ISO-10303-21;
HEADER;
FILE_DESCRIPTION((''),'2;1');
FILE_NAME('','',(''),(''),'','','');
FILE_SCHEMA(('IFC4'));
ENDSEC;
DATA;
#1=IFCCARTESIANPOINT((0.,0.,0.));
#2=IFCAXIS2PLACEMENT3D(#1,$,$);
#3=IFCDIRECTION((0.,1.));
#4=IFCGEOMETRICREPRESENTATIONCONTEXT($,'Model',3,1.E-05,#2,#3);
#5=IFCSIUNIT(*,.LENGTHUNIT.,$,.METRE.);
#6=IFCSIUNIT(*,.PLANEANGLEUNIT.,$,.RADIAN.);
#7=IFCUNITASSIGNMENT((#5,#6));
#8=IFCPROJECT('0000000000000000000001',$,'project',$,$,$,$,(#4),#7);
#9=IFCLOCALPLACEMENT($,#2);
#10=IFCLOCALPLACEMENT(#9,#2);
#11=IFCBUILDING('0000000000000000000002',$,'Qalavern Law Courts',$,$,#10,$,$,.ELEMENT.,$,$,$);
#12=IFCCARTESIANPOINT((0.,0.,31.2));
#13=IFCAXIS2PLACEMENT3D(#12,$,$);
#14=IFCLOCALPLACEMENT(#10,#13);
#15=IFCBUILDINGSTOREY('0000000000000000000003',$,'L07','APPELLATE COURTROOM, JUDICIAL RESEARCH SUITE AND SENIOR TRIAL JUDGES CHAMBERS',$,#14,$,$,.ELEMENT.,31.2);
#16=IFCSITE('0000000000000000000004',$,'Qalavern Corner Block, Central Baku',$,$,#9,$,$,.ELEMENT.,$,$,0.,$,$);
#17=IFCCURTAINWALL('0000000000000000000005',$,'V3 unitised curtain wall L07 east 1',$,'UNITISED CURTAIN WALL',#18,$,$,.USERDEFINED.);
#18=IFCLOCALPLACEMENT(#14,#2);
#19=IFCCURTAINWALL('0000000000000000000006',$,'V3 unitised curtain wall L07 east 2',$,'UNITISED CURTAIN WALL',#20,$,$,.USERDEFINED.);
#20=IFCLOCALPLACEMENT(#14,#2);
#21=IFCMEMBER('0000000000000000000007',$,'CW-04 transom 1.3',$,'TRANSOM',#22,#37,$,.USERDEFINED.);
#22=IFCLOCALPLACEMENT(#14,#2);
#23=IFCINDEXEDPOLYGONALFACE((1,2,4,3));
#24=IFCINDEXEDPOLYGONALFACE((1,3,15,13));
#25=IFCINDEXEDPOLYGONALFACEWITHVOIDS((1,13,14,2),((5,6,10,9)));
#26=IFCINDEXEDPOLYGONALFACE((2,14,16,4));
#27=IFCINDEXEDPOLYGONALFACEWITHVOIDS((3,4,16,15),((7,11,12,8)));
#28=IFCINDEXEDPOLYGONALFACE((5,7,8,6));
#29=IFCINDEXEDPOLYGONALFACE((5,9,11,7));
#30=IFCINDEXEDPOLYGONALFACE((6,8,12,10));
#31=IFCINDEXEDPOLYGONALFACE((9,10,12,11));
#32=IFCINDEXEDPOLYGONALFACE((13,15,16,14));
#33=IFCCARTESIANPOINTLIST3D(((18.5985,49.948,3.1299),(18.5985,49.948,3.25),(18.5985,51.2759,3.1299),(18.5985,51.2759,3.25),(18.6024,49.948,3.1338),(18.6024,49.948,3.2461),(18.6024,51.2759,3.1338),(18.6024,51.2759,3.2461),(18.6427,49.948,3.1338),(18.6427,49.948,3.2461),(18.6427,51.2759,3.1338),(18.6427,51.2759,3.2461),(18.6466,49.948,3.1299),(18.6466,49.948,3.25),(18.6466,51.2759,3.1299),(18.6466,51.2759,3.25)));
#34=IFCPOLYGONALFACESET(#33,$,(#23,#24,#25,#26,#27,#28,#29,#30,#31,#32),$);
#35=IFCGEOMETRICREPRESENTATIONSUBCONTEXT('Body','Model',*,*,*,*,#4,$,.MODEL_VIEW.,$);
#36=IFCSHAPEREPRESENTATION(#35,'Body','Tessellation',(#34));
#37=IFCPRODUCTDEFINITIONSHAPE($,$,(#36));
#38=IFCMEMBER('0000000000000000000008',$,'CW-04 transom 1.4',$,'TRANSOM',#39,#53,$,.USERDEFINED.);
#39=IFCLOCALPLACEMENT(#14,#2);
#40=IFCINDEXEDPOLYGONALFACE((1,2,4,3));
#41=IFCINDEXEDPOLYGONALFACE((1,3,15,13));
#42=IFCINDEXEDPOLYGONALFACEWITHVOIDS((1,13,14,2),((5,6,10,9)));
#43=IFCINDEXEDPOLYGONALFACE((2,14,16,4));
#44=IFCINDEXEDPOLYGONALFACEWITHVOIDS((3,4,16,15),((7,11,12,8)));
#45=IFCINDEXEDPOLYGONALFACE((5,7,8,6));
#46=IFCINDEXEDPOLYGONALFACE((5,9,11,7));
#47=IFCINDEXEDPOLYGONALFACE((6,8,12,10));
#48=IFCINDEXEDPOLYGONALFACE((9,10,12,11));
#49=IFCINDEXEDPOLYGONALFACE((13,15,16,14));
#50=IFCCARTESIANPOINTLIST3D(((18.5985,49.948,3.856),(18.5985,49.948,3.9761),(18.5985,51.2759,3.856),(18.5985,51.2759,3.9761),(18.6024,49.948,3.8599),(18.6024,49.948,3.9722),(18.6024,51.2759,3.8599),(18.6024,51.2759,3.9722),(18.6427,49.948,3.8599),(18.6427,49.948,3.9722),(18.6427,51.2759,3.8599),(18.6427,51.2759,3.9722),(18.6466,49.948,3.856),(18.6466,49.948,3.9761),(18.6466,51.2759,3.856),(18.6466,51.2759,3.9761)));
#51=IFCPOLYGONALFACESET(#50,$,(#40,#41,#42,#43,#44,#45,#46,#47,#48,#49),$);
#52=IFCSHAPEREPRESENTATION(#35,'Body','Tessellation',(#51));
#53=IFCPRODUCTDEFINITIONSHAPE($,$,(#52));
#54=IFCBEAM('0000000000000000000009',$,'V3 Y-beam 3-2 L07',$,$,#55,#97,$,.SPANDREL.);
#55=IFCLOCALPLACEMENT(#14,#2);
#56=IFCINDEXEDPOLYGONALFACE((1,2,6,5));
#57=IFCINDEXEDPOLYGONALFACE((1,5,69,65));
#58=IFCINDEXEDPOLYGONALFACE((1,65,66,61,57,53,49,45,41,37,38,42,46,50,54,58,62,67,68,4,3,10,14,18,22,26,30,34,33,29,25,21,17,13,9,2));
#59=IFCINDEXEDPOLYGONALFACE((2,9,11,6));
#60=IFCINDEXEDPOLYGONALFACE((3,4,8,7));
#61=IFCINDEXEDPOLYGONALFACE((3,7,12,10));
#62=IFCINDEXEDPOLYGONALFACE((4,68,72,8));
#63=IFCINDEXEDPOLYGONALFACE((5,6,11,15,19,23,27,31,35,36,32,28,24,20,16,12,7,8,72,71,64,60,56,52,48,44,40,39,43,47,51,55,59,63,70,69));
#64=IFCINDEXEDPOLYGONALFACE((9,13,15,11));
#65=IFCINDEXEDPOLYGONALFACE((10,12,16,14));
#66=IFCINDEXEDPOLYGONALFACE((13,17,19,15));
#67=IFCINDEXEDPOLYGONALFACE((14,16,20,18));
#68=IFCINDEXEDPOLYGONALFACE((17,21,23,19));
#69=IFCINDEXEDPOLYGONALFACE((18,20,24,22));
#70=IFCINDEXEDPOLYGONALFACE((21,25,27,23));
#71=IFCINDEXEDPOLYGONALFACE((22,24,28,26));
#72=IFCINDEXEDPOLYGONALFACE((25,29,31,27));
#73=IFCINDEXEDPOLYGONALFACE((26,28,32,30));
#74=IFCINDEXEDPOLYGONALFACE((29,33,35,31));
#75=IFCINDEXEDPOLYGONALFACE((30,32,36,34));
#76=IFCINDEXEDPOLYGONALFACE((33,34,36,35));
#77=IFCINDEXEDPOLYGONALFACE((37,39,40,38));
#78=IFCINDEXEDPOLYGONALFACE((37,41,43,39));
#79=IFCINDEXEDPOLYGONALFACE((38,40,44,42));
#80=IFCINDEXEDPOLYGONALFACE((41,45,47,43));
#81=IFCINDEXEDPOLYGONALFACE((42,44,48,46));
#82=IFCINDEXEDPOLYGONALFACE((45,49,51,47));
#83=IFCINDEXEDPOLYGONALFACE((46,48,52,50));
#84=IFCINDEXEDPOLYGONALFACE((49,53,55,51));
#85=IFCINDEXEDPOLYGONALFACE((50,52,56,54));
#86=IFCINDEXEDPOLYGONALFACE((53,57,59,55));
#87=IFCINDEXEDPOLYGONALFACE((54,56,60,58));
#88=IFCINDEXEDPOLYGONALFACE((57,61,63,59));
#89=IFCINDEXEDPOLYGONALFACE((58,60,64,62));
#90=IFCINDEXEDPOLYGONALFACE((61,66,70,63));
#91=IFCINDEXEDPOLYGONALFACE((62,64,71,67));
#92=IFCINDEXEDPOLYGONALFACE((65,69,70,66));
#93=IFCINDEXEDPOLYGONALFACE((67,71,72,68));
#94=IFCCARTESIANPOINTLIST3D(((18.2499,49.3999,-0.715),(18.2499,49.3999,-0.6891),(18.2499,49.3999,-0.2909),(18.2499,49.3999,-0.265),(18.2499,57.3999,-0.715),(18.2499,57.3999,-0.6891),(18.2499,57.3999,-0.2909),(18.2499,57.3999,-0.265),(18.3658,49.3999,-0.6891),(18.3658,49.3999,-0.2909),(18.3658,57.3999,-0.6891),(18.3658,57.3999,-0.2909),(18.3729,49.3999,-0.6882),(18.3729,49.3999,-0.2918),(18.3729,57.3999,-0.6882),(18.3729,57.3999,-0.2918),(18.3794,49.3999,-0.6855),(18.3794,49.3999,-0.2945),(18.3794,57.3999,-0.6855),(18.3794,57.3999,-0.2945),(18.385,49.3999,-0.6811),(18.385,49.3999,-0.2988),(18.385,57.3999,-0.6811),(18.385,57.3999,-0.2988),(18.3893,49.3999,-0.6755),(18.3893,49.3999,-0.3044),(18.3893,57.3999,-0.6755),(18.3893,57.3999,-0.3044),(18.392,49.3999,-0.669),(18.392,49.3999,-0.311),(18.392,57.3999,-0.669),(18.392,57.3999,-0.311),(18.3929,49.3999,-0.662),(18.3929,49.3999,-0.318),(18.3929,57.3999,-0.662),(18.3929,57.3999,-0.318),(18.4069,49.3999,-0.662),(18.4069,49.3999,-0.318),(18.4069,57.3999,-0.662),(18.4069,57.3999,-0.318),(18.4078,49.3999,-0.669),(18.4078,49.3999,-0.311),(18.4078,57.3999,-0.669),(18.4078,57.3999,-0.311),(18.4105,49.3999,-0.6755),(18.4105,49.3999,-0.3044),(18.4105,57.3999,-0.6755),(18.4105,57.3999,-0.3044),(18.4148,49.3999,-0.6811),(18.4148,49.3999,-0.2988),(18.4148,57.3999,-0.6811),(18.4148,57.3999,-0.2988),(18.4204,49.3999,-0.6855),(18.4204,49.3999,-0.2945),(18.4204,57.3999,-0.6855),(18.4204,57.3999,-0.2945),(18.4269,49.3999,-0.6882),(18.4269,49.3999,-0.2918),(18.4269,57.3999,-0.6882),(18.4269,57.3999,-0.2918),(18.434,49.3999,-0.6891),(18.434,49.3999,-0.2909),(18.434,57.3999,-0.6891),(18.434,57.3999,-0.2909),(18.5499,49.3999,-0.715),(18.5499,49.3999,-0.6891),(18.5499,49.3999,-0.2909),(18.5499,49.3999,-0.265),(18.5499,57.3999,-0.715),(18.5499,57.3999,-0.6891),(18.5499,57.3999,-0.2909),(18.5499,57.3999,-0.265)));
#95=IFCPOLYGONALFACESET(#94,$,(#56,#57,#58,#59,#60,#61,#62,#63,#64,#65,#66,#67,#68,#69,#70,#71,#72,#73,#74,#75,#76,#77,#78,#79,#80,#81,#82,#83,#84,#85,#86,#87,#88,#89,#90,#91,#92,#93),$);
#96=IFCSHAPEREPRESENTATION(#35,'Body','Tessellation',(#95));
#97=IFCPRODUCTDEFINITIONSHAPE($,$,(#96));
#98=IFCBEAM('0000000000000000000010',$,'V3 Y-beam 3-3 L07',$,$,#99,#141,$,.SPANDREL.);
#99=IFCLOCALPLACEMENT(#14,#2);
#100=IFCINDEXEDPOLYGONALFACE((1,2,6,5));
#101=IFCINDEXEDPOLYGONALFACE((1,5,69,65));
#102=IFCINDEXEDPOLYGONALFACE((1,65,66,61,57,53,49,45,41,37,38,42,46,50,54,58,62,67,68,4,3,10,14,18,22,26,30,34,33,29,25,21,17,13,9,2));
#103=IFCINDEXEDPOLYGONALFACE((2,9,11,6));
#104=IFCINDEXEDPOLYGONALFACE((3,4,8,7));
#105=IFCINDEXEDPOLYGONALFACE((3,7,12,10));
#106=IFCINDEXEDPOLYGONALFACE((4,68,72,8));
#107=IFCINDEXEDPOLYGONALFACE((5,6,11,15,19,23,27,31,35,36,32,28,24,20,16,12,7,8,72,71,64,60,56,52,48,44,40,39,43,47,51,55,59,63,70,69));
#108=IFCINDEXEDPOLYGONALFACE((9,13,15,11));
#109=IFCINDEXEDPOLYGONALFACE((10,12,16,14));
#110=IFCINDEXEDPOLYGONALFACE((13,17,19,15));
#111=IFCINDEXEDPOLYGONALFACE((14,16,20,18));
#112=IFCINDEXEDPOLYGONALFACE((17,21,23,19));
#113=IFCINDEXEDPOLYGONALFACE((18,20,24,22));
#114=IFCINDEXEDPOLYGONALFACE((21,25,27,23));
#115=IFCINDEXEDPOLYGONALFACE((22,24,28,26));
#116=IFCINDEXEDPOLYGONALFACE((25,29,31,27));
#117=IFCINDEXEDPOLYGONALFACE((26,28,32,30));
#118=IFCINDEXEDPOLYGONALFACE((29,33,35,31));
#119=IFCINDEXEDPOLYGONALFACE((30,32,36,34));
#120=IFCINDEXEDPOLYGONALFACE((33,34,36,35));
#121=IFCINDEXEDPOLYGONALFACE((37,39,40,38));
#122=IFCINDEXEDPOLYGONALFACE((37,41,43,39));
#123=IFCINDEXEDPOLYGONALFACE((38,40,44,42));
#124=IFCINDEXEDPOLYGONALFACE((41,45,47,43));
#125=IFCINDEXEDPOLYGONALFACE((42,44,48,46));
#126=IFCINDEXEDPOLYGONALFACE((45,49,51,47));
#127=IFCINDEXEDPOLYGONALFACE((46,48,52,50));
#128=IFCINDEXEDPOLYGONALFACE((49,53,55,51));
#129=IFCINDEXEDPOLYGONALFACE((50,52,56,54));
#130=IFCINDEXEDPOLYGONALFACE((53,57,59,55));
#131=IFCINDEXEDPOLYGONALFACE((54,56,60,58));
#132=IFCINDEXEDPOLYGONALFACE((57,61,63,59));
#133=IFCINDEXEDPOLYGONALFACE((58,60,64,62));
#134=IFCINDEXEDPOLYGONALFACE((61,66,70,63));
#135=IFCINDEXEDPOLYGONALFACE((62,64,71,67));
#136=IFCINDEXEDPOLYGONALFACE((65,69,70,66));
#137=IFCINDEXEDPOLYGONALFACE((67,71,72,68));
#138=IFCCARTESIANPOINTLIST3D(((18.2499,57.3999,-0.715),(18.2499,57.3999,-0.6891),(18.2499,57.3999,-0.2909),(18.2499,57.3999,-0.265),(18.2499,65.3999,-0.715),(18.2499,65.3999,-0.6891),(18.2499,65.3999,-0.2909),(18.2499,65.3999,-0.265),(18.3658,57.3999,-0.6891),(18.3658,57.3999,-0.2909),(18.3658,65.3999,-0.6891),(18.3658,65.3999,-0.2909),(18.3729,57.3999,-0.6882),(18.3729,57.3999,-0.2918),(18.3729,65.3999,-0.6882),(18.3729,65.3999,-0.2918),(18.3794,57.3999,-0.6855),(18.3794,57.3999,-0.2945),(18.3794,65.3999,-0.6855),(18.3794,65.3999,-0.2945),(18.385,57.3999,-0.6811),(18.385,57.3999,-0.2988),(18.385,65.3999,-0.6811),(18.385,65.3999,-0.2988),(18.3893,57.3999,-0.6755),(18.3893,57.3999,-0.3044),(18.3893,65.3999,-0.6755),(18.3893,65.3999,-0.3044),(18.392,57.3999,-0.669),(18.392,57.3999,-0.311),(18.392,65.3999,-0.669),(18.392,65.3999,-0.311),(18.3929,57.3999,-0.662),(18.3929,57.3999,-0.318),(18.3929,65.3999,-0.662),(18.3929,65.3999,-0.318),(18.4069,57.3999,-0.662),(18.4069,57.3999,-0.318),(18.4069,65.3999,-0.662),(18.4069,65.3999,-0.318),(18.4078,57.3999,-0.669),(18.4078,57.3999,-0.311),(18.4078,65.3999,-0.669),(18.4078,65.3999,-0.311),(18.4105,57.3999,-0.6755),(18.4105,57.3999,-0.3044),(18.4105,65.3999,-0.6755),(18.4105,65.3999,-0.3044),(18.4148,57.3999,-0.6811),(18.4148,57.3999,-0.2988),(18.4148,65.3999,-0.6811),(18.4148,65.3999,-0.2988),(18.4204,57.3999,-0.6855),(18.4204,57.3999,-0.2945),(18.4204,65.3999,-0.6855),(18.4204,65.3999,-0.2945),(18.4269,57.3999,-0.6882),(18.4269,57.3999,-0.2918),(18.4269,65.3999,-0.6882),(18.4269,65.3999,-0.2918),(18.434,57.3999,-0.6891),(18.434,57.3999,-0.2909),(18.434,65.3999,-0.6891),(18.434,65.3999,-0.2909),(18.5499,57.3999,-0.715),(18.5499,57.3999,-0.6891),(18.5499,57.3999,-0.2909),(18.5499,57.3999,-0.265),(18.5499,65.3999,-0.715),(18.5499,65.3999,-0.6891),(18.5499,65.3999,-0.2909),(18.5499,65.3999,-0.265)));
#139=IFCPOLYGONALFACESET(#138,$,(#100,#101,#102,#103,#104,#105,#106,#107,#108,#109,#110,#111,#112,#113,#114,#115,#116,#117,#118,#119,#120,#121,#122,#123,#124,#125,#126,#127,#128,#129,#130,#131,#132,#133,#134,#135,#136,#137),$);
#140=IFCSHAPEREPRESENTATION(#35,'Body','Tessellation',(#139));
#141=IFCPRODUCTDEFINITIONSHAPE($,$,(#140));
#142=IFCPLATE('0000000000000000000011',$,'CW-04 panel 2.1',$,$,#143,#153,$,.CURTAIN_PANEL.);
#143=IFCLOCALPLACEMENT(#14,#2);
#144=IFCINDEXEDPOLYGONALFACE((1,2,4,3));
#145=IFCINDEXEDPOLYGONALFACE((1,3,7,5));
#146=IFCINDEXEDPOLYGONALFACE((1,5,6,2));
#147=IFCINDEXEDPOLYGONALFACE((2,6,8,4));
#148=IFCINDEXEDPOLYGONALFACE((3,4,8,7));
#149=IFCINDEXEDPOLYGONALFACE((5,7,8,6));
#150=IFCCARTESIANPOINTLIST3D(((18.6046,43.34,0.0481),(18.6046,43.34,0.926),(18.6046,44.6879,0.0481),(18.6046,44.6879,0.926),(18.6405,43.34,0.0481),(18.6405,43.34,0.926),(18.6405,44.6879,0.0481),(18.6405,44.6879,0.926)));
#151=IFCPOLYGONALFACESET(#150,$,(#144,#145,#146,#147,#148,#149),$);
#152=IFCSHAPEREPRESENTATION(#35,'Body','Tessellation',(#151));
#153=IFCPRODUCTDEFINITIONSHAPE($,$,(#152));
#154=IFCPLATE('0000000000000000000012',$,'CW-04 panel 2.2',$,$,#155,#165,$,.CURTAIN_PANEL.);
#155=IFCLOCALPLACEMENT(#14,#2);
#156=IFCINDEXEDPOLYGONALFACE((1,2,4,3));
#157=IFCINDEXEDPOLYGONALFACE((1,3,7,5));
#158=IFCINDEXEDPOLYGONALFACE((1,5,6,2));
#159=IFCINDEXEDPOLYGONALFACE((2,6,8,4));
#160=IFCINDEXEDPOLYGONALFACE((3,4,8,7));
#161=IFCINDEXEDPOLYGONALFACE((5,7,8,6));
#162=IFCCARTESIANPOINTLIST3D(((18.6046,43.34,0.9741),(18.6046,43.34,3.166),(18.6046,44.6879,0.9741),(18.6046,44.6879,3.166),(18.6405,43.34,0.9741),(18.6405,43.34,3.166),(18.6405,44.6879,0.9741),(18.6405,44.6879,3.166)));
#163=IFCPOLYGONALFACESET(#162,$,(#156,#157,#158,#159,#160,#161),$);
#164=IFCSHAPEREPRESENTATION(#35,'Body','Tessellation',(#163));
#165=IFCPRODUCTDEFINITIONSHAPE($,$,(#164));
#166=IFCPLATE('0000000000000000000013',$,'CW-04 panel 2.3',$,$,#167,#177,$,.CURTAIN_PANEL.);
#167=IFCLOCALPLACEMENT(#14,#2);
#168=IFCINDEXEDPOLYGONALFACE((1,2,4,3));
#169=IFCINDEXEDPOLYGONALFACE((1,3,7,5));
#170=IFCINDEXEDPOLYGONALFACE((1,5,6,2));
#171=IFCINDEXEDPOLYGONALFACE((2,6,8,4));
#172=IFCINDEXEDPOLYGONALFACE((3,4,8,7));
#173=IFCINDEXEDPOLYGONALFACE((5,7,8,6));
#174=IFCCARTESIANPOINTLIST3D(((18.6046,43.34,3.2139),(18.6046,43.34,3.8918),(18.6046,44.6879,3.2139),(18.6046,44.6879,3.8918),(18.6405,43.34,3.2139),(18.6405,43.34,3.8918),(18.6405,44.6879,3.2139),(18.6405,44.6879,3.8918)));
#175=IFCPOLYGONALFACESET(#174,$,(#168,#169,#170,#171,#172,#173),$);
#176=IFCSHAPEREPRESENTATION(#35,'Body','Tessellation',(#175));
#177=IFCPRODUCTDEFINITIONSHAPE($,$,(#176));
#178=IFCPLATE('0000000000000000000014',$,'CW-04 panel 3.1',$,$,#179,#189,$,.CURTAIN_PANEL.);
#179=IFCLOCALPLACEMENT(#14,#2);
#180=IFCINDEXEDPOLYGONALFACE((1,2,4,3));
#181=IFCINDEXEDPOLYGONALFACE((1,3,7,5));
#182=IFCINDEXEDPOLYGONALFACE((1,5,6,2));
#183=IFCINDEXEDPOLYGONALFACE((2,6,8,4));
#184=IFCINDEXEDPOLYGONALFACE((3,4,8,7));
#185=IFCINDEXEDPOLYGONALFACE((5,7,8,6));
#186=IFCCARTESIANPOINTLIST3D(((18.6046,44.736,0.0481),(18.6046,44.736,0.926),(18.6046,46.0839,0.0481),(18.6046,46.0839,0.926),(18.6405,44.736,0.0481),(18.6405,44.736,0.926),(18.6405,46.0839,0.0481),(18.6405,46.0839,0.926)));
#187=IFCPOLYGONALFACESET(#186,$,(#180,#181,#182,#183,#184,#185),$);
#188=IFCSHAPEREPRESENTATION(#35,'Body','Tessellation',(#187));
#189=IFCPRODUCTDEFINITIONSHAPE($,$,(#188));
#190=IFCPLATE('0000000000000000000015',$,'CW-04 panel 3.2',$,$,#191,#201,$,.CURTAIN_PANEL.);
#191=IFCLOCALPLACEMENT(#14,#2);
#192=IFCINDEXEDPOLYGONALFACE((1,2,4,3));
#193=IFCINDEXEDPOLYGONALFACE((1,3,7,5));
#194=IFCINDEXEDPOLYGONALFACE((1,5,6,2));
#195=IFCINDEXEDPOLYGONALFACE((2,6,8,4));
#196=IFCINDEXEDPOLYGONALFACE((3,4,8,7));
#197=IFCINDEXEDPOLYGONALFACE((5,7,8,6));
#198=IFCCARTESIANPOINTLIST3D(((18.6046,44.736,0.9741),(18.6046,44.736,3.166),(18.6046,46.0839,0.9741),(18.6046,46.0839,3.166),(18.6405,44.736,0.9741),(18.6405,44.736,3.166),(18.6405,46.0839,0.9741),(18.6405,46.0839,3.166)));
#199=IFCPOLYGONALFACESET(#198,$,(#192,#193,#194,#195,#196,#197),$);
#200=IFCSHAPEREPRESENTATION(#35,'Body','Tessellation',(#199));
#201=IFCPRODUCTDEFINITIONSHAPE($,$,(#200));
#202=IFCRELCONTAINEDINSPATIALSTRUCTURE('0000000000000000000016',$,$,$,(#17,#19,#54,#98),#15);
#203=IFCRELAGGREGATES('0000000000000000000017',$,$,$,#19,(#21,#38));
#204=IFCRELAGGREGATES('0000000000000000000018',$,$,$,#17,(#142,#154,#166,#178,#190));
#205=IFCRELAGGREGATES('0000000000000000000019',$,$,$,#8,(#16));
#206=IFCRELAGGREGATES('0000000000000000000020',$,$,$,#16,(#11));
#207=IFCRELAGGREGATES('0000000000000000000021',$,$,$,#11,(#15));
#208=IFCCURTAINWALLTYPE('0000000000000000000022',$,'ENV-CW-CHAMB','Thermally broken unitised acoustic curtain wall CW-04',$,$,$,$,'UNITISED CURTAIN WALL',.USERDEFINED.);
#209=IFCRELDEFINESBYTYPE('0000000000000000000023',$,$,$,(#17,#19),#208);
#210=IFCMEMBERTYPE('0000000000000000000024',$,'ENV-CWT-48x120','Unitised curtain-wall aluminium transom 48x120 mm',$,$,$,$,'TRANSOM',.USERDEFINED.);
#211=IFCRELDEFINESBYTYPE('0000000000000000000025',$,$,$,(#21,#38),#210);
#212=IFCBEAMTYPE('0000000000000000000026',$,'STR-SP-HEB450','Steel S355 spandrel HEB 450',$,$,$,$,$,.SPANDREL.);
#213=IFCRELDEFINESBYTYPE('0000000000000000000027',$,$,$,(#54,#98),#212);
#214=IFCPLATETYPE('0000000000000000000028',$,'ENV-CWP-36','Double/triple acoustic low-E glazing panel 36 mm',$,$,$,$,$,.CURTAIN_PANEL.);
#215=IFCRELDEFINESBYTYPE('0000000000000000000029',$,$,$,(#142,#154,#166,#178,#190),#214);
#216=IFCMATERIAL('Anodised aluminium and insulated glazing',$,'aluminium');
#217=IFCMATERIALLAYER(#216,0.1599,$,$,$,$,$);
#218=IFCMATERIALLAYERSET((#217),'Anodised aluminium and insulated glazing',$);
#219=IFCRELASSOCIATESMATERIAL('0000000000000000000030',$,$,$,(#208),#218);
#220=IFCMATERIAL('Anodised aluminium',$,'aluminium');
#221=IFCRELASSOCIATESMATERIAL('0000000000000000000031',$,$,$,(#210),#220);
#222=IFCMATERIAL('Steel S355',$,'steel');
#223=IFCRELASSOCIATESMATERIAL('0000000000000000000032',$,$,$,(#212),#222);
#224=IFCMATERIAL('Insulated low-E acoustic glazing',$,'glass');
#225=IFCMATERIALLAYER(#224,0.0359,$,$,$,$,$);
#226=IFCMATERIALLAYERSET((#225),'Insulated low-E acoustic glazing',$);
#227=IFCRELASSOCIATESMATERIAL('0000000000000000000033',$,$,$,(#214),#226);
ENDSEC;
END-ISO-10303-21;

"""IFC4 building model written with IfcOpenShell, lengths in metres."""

from ifc_helpers import new_model, si_unit, direction, frame, origin, origin_2d, place, context, subcontext, project, spatial, rectangle, hollow_rectangle, i_section, extrude, material, layer, layer_set, material_profile, profile_set, type_object, element, aggregate, save


model = new_model("IFC4")

# Units and contexts
model_context = context("Model", 3, precision=1e-05, world=origin(), true_north=direction((0.0, 1.0)))
body_context = subcontext(model_context, "Body", "Model", "MODEL_VIEW")
ifc_project = project(units=[si_unit("LENGTHUNIT", "METRE"), si_unit("PLANEANGLEUNIT", "RADIAN")], contexts=[model_context])

# Site, building, storey
site_placement = place(None, origin())
site = spatial("IfcSite", under=ifc_project, at=site_placement, Name="Qalavern Corner Block, Central Baku", CompositionType="ELEMENT", RefElevation=0.0)
building_placement = place(site_placement, origin())
building = spatial("IfcBuilding", under=site, at=building_placement, Name="Qalavern Law Courts", CompositionType="ELEMENT")
storey_placement = place(building_placement, frame((0.0, 0.0, 31.2)))
storey = spatial("IfcBuildingStorey", under=building, at=storey_placement, Name="L07", Description="APPELLATE COURTROOM, JUDICIAL RESEARCH SUITE AND SENIOR TRIAL JUDGES CHAMBERS", CompositionType="ELEMENT", Elevation=31.2)

# Curtain wall
ifc_material_1 = material(Name="Anodised aluminium and insulated glazing", Category="aluminium")
ifc_layer_1 = layer(ifc_material_1, 0.1599)
ifc_layer_set_1 = layer_set([ifc_layer_1], Name="Anodised aluminium and insulated glazing")
curtain_wall_type = type_object("IfcCurtainWallType", Name="ENV-CW-CHAMB", Description="Thermally broken unitised acoustic curtain wall CW-04", ElementType="UNITISED CURTAIN WALL", PredefinedType="USERDEFINED", material=ifc_layer_set_1)
curtain_wall_1_placement = place(storey_placement, origin())
curtain_wall_1 = element("IfcCurtainWall", 1, at=curtain_wall_1_placement, inside=storey, type_object=curtain_wall_type, Name="V3 unitised curtain wall L07 east 1", ObjectType="UNITISED CURTAIN WALL", PredefinedType="USERDEFINED")
ifc_material_2 = material(Name="Anodised aluminium", Category="aluminium")

# Curtain wall
curtain_wall_2_placement = place(storey_placement, origin())
curtain_wall_2 = element("IfcCurtainWall", 2, at=curtain_wall_2_placement, inside=storey, type_object=curtain_wall_type, Name="V3 unitised curtain wall L07 east 2", ObjectType="UNITISED CURTAIN WALL", PredefinedType="USERDEFINED")

# Members
ifc_material_profile_1 = material_profile(ifc_material_2, hollow_rectangle(XDim=0.0481, YDim=0.1201, WallThickness=0.0039, at=origin_2d()), Name="ALU TRANSOM 48x120")
ifc_profile_set_1 = profile_set([ifc_material_profile_1], Name="Anodised aluminium")
member_type_1 = type_object("IfcMemberType", Name="ENV-CWT-48x120", Description="Unitised curtain-wall aluminium transom 48x120 mm", ElementType="TRANSOM", PredefinedType="USERDEFINED", material=ifc_profile_set_1)
member_1_placement = place(storey_placement, frame((18.6226, 49.948, 3.1899), z_axis=(0.0, 1.0, 0.0), x_axis=(-1.0, 0.0, 0.0)))
member_1 = element("IfcMember", 3, at=member_1_placement, type_object=member_type_1, Name="CW-04 transom 1.3", ObjectType="TRANSOM", PredefinedType="USERDEFINED", context=body_context, shape_type="SweptSolid", body=[
    extrude(hollow_rectangle(XDim=0.0481, YDim=0.1201, WallThickness=0.0039, at=origin_2d()), origin(), (0.0, 0.0, 1.0), 1.3279),
])
member_2_placement = place(storey_placement, frame((18.6226, 49.948, 3.916), z_axis=(0.0, 1.0, 0.0), x_axis=(-1.0, 0.0, 0.0)))
member_2 = element("IfcMember", 4, at=member_2_placement, type_object=member_type_1, Name="CW-04 transom 1.4", ObjectType="TRANSOM", PredefinedType="USERDEFINED", context=body_context, shape_type="SweptSolid", body=[
    extrude(hollow_rectangle(XDim=0.0481, YDim=0.1201, WallThickness=0.0039, at=origin_2d()), origin(), (0.0, 0.0, 1.0), 1.3279),
])
aggregate(curtain_wall_2, [member_1, member_2])

# Beams
ifc_material_3 = material(Name="Steel S355", Category="steel")
ifc_material_profile_2 = material_profile(ifc_material_3, i_section(OverallWidth=0.3, OverallDepth=0.45, WebThickness=0.0139, FlangeThickness=0.0259, FilletRadius=0.0271, at=origin_2d()), Name="HEB 450")
ifc_profile_set_2 = profile_set([ifc_material_profile_2], Name="Steel S355")
beam_type = type_object("IfcBeamType", Name="STR-SP-HEB450", Description="Steel S355 spandrel HEB 450", PredefinedType="SPANDREL", material=ifc_profile_set_2)
for number, where, z_axis, x_axis, name in (
    (5, (18.3999, 49.3999, -0.49), (0.0, 1.0, 0.0), (-1.0, 0.0, 0.0), "V3 Y-beam 3-2 L07"),
    (6, (18.3999, 57.3999, -0.49), (0.0, 1.0, 0.0), (-1.0, 0.0, 0.0), "V3 Y-beam 3-3 L07"),
):
    element("IfcBeam", number, at=place(storey_placement, frame(where, z_axis=z_axis, x_axis=x_axis)), inside=storey, type_object=beam_type, Name=name, PredefinedType="SPANDREL", context=body_context, shape_type="SweptSolid", body=[
        extrude(i_section(OverallWidth=0.3, OverallDepth=0.45, WebThickness=0.0139, FlangeThickness=0.0259, FilletRadius=0.0271, at=origin_2d()), origin(), (0.0, 0.0, 1.0), 8.0),
    ])

# Plates
ifc_material_4 = material(Name="Insulated low-E acoustic glazing", Category="glass")
ifc_layer_2 = layer(ifc_material_4, 0.0359)
ifc_layer_set_2 = layer_set([ifc_layer_2], Name="Insulated low-E acoustic glazing")
plate_type = type_object("IfcPlateType", Name="ENV-CWP-36", Description="Double/triple acoustic low-E glazing panel 36 mm", PredefinedType="CURTAIN_PANEL", material=ifc_layer_set_2)
plate_1_placement = place(storey_placement, frame((18.6226, 44.0139, 0.0481), z_axis=(0.0, 0.0, 1.0), x_axis=(0.0, 1.0, 0.0)))
plate_1 = element("IfcPlate", 7, at=plate_1_placement, type_object=plate_type, Name="CW-04 panel 2.1", PredefinedType="CURTAIN_PANEL", context=body_context, shape_type="SweptSolid", body=[
    extrude(rectangle(XDim=1.3479, YDim=0.0359, at=origin_2d()), origin(), (0.0, 0.0, 1.0), 0.8779),
])
plate_2_placement = place(storey_placement, frame((18.6226, 44.0139, 0.9741), z_axis=(0.0, 0.0, 1.0), x_axis=(0.0, 1.0, 0.0)))
plate_2 = element("IfcPlate", 8, at=plate_2_placement, type_object=plate_type, Name="CW-04 panel 2.2", PredefinedType="CURTAIN_PANEL", context=body_context, shape_type="SweptSolid", body=[
    extrude(rectangle(XDim=1.3479, YDim=0.0359, at=origin_2d()), origin(), (0.0, 0.0, 1.0), 2.1919),
])
plate_3_placement = place(storey_placement, frame((18.6226, 44.0139, 3.2139), z_axis=(0.0, 0.0, 1.0), x_axis=(0.0, 1.0, 0.0)))
plate_3 = element("IfcPlate", 9, at=plate_3_placement, type_object=plate_type, Name="CW-04 panel 2.3", PredefinedType="CURTAIN_PANEL", context=body_context, shape_type="SweptSolid", body=[
    extrude(rectangle(XDim=1.3479, YDim=0.0359, at=origin_2d()), origin(), (0.0, 0.0, 1.0), 0.678),
])
plate_4_placement = place(storey_placement, frame((18.6226, 45.4099, 0.0481), z_axis=(0.0, 0.0, 1.0), x_axis=(0.0, 1.0, 0.0)))
plate_4 = element("IfcPlate", 10, at=plate_4_placement, type_object=plate_type, Name="CW-04 panel 3.1", PredefinedType="CURTAIN_PANEL", context=body_context, shape_type="SweptSolid", body=[
    extrude(rectangle(XDim=1.3479, YDim=0.0359, at=origin_2d()), origin(), (0.0, 0.0, 1.0), 0.8779),
])
plate_5_placement = place(storey_placement, frame((18.6226, 45.4099, 0.9741), z_axis=(0.0, 0.0, 1.0), x_axis=(0.0, 1.0, 0.0)))
plate_5 = element("IfcPlate", 11, at=plate_5_placement, type_object=plate_type, Name="CW-04 panel 3.2", PredefinedType="CURTAIN_PANEL", context=body_context, shape_type="SweptSolid", body=[
    extrude(rectangle(XDim=1.3479, YDim=0.0359, at=origin_2d()), origin(), (0.0, 0.0, 1.0), 2.1919),
])
aggregate(curtain_wall_1, [plate_1, plate_2, plate_3, plate_4, plate_5])

save(model, "model.ifc")
